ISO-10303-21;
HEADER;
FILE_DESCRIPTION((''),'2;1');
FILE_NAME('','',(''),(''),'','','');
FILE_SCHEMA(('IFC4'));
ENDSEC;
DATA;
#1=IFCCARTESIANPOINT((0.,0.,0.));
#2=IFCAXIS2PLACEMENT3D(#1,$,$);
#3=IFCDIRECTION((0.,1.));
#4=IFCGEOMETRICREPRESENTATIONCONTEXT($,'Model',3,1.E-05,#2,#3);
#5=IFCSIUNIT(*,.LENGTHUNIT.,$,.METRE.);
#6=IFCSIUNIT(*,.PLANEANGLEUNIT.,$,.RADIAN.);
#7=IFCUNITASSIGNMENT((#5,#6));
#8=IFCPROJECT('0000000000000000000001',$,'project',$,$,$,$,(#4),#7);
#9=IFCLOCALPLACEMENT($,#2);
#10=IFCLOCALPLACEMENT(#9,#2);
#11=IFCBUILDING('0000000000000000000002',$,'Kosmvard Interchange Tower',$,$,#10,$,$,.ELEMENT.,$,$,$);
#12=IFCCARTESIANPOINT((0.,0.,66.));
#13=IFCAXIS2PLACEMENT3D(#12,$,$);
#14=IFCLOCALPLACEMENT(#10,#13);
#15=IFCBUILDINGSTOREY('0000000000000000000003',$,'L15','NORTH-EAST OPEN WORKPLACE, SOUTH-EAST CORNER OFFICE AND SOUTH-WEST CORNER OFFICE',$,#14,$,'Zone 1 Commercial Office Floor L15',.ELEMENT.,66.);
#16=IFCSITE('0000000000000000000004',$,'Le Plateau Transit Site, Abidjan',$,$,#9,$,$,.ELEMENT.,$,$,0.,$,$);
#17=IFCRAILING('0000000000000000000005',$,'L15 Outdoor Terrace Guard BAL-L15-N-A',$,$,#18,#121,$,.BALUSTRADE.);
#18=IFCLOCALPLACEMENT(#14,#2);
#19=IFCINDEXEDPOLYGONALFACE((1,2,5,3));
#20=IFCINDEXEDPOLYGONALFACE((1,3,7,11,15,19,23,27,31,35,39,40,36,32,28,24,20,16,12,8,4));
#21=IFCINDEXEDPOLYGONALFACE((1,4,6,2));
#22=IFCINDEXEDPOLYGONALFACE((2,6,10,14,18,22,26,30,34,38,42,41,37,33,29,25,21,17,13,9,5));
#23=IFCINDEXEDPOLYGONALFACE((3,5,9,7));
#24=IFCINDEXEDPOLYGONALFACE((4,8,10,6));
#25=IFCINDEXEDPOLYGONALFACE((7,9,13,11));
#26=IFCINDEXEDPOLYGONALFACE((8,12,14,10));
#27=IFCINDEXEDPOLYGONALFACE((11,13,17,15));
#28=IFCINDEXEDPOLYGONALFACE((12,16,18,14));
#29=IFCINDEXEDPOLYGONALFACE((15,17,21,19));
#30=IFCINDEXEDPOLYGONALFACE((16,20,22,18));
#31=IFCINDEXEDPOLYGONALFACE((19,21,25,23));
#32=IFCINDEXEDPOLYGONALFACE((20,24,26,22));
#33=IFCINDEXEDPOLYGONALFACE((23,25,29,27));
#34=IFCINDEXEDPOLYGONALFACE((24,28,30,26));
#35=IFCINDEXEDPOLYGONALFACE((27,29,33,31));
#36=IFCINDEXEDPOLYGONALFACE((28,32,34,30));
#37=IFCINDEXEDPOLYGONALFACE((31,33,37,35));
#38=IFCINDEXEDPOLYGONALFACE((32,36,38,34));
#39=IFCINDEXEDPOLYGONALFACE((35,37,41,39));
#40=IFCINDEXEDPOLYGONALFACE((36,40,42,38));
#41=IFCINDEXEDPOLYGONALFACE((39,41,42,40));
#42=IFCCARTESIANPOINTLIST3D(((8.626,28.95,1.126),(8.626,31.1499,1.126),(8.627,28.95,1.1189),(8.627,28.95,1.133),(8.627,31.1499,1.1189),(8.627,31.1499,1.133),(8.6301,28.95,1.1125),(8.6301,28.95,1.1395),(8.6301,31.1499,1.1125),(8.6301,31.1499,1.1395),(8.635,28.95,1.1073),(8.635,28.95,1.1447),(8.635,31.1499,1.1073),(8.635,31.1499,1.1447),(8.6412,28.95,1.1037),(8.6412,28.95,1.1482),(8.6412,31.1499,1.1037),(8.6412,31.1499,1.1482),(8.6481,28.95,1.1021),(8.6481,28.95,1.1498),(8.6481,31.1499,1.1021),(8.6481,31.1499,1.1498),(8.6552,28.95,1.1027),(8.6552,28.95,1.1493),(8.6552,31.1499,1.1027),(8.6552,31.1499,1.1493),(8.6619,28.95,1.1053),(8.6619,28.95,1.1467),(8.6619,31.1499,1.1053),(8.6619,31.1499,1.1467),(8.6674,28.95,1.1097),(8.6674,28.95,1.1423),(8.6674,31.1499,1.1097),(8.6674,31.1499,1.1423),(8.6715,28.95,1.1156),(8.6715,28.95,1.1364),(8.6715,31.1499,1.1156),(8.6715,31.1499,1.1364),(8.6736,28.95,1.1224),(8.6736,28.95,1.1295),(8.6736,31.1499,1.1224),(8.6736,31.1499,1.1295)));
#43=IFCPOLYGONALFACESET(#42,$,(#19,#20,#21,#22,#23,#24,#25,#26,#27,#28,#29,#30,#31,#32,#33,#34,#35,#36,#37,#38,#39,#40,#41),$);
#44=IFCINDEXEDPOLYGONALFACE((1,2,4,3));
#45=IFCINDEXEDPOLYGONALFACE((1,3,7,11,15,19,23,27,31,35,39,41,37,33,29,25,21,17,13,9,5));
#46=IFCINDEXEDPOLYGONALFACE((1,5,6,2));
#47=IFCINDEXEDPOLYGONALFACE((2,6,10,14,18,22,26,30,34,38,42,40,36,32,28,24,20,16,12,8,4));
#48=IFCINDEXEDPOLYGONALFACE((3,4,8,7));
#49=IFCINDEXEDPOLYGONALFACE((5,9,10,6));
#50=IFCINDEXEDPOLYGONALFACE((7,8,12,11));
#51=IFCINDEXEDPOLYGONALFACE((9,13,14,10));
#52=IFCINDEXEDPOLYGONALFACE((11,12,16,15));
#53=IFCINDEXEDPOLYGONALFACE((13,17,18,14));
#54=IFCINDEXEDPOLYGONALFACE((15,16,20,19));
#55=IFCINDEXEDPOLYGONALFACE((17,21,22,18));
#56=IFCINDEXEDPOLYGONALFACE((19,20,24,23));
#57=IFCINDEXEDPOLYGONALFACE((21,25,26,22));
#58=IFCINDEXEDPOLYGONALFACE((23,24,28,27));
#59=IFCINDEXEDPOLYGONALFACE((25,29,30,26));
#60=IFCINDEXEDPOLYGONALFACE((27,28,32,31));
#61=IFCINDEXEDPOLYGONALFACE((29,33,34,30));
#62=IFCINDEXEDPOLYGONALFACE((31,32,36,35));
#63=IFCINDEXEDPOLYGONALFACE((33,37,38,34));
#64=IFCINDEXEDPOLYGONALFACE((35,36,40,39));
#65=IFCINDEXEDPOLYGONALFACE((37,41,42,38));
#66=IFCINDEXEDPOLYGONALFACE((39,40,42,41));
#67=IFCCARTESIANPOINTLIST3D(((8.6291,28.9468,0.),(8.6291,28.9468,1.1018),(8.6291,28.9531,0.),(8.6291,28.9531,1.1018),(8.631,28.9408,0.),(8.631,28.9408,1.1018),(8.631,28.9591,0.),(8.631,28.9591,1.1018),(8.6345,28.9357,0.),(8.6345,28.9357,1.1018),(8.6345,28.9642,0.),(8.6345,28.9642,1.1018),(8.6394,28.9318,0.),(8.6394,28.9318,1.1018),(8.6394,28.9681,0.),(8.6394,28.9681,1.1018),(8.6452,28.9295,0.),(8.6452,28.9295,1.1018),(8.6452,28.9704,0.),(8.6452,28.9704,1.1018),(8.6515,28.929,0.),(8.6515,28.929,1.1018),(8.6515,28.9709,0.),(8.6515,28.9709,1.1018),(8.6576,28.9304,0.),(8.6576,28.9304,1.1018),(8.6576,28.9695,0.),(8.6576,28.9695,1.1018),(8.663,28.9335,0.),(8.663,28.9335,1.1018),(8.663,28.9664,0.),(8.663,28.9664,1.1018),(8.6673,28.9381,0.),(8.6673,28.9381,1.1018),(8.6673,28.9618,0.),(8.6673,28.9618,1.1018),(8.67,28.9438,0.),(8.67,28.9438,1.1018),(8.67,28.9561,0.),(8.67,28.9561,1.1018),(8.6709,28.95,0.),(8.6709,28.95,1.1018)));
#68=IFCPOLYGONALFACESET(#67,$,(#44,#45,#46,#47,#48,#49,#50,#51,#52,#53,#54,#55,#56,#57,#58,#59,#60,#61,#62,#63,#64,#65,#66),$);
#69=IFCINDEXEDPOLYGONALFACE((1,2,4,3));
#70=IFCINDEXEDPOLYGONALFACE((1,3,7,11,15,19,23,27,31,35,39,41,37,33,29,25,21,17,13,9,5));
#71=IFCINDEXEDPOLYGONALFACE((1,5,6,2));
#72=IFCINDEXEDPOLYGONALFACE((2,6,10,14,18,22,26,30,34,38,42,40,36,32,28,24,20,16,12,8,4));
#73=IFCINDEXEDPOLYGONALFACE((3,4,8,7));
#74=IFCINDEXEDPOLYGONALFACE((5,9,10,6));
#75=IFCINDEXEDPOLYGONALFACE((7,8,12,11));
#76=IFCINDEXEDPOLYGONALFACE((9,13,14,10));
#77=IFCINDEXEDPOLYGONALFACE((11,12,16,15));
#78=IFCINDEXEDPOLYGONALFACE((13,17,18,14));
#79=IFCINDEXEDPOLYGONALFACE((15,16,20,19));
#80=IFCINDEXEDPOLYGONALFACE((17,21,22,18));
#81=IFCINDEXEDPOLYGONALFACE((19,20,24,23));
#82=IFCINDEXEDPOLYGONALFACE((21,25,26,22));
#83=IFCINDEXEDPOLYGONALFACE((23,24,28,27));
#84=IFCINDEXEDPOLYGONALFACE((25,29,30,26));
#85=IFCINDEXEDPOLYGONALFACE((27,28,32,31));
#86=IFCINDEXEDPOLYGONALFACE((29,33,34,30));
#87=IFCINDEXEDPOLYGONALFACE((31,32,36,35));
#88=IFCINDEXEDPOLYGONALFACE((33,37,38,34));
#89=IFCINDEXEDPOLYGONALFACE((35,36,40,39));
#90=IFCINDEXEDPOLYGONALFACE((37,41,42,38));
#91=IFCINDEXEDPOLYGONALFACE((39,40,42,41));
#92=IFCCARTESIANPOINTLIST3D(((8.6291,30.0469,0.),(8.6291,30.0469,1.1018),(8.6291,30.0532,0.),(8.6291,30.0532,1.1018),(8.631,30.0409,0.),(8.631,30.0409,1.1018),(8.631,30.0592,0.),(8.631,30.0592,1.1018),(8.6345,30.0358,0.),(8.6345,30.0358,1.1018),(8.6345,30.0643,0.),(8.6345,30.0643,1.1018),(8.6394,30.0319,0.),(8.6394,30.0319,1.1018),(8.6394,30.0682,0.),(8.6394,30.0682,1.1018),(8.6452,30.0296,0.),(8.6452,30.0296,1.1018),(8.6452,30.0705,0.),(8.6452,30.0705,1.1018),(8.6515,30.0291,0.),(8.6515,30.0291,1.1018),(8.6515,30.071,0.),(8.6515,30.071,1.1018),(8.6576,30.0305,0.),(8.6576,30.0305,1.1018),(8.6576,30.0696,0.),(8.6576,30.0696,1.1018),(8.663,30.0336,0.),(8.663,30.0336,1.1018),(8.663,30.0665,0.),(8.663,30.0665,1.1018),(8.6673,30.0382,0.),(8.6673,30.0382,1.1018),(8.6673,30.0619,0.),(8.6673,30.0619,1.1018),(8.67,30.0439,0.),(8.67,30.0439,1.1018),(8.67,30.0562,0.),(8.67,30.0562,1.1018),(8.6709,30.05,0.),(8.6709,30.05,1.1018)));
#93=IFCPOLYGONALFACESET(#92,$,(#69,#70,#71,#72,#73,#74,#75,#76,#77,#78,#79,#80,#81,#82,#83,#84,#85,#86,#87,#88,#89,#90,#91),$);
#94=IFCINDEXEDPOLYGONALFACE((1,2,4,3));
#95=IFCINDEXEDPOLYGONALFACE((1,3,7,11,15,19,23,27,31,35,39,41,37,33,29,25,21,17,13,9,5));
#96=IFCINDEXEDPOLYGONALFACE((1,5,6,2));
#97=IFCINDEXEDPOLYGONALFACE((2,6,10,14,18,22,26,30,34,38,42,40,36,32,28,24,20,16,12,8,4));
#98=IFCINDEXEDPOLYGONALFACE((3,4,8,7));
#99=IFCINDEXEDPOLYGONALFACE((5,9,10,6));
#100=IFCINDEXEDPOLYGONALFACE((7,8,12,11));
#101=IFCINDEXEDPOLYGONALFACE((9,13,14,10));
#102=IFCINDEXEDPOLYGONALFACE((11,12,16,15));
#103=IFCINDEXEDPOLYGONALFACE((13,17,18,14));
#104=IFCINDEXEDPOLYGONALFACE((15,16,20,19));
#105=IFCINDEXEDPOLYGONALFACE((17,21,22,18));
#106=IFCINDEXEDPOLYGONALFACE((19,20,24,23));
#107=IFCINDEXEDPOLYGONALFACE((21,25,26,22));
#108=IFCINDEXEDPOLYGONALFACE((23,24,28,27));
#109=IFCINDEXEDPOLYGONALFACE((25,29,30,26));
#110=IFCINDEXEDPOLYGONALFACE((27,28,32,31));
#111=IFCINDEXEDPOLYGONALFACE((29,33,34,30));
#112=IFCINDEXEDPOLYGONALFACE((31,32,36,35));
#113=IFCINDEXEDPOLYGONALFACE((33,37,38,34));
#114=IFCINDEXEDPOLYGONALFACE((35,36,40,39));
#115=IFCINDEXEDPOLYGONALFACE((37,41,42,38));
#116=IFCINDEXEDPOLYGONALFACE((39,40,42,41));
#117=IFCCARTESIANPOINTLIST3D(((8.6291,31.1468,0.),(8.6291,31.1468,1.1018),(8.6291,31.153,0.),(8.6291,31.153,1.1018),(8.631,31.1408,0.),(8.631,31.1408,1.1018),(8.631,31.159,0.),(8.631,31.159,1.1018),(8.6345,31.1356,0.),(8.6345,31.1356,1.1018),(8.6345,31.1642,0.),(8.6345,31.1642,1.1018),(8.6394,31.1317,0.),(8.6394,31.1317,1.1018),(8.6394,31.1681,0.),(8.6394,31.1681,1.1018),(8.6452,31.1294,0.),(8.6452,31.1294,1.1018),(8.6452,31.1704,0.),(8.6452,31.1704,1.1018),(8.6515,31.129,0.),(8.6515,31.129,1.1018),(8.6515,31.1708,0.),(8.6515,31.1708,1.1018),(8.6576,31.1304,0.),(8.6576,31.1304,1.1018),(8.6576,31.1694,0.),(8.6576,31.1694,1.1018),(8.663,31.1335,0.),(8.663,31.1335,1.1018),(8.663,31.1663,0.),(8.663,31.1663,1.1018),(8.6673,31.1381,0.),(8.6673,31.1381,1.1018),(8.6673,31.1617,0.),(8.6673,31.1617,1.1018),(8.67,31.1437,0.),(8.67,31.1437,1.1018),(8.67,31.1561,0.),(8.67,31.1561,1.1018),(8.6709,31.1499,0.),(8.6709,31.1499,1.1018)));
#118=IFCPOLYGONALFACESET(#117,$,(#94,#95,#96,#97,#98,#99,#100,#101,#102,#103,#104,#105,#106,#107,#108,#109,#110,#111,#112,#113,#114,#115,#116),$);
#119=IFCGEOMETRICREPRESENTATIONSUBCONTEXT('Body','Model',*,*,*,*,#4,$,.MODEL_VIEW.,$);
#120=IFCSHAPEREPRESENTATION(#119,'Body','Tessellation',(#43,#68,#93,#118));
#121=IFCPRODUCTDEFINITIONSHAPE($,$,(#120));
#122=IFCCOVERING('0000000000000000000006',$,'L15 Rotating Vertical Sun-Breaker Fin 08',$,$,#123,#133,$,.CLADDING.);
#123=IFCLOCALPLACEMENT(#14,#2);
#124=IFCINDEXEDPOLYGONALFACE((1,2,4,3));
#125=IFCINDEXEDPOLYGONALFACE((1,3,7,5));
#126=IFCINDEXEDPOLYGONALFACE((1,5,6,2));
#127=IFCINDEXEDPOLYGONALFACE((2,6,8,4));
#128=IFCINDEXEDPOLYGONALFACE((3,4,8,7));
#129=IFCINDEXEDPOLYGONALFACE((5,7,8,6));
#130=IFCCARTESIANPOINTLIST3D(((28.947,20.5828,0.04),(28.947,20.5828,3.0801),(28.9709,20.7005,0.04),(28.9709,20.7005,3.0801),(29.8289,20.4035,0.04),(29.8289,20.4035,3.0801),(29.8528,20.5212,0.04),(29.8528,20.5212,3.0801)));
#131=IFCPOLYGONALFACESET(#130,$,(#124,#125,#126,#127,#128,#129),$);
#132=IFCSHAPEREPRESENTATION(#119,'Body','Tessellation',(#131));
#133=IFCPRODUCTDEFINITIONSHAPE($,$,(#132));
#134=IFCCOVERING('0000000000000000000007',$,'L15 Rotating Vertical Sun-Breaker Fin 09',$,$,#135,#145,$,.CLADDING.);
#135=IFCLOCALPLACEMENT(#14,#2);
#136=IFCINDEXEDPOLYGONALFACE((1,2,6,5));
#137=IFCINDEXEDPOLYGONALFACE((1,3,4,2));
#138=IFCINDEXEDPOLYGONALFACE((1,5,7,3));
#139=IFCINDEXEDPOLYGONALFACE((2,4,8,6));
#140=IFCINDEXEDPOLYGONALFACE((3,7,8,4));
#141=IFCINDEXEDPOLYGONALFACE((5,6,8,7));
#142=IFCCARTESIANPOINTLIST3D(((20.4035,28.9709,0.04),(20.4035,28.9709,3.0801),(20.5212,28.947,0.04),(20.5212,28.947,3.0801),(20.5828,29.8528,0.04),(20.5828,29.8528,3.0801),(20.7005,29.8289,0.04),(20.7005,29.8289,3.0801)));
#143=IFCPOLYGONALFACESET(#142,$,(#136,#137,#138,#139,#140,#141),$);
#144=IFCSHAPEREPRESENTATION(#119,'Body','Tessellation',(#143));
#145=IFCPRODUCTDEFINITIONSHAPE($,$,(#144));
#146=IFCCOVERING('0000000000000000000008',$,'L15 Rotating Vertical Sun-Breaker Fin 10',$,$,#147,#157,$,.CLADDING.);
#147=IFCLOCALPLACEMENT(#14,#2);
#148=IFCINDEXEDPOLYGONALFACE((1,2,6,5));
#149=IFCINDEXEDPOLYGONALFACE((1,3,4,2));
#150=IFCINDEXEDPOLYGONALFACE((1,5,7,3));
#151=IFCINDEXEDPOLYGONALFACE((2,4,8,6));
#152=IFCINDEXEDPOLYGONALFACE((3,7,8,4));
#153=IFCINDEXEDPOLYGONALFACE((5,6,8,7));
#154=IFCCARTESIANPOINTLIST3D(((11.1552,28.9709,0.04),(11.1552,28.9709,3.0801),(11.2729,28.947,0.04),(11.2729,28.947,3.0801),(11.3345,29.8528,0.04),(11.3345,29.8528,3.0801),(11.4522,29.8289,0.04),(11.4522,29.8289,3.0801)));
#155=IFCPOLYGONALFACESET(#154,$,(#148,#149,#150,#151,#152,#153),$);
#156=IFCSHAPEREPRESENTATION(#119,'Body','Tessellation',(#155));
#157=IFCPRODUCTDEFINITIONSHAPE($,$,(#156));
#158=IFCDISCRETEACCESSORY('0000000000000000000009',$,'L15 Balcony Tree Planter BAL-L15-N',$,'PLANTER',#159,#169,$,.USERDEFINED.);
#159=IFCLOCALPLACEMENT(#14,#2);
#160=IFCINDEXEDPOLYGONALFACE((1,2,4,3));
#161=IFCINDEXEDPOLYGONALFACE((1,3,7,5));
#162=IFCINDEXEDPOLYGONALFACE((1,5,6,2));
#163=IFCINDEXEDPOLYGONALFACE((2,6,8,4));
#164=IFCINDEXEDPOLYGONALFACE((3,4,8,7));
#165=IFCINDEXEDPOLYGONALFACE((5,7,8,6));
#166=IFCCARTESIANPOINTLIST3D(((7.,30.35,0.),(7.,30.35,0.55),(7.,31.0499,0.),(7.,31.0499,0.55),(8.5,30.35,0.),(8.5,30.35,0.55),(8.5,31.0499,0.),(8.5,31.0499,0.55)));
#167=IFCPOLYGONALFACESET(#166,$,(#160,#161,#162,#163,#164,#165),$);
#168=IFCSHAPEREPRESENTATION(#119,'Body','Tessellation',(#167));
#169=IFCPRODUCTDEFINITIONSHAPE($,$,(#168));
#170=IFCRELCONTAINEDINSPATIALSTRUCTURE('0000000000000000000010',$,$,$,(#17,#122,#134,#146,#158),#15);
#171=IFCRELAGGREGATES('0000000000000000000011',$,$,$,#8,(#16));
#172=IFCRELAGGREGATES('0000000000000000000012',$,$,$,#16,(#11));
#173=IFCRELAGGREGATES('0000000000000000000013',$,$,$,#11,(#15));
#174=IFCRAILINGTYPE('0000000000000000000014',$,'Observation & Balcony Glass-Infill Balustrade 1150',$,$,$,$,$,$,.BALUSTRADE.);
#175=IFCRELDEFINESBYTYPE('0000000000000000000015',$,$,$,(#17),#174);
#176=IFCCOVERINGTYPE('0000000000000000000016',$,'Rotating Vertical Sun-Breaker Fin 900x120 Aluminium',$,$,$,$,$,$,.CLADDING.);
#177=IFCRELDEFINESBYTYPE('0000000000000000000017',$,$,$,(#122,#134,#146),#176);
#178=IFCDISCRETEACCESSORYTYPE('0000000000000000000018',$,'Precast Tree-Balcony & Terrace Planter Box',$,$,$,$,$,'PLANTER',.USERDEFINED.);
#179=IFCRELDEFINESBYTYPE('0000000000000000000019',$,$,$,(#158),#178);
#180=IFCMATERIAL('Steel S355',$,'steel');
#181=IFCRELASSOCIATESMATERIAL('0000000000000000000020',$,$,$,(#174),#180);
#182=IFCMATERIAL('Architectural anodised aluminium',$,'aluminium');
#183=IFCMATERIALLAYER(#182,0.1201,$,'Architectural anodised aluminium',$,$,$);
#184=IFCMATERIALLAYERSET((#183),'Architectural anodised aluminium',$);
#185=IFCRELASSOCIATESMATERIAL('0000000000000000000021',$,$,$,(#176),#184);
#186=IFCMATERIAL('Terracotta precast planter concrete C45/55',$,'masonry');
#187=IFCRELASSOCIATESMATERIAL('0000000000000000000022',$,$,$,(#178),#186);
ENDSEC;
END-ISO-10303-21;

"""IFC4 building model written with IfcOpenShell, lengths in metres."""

from ifc_helpers import new_model, si_unit, direction, frame, origin, origin_2d, place, context, subcontext, project, spatial, rectangle, circle, extrude, source, transform, mapped, material, layer, layer_set, type_object, element, save


model = new_model("IFC4")

# Units and contexts
model_context = context("Model", 3, precision=1e-05, world=origin(), true_north=direction((0.0, 1.0)))
body_context = subcontext(model_context, "Body", "Model", "MODEL_VIEW")
ifc_project = project(units=[si_unit("LENGTHUNIT", "METRE"), si_unit("PLANEANGLEUNIT", "RADIAN")], contexts=[model_context])

# Site, building, storey
site_placement = place(None, origin())
site = spatial("IfcSite", under=ifc_project, at=site_placement, Name="Le Plateau Transit Site, Abidjan", CompositionType="ELEMENT", RefElevation=0.0)
building_placement = place(site_placement, origin())
building = spatial("IfcBuilding", under=site, at=building_placement, Name="Kosmvard Interchange Tower", CompositionType="ELEMENT")
storey_placement = place(building_placement, frame((0.0, 0.0, 66.0)))
storey = spatial("IfcBuildingStorey", under=building, at=storey_placement, Name="L15", Description="NORTH-EAST OPEN WORKPLACE, SOUTH-EAST CORNER OFFICE AND SOUTH-WEST CORNER OFFICE", LongName="Zone 1 Commercial Office Floor L15", CompositionType="ELEMENT", Elevation=66.0)

# Shared definitions
ifc_material_1 = material(Name="Steel S355", Category="steel")

# Railing
railing_type = type_object("IfcRailingType", Name="Observation & Balcony Glass-Infill Balustrade 1150", PredefinedType="BALUSTRADE", material=ifc_material_1)
shared_shape_1 = source(origin(), body_context, "Body", "SweptSolid", [
    extrude(circle(Radius=0.0239, at=origin_2d()), frame((0.0, 0.0, 1.126), z_axis=(0.0, 1.0, 0.0), x_axis=(-1.0, 0.0, 0.0)), (0.0, 0.0, 1.0), 2.2),
    extrude(circle(Radius=0.021, at=origin_2d()), origin(), (0.0, 0.0, 1.0), 1.1018),
    extrude(circle(Radius=0.021, at=origin_2d()), frame((0.0, 1.1001, 0.0)), (0.0, 0.0, 1.0), 1.1018),
    extrude(circle(Radius=0.021, at=origin_2d()), frame((0.0, 2.2, 0.0)), (0.0, 0.0, 1.0), 1.1018),
])
railing_1_placement = place(storey_placement, frame((8.6499, 28.95, 0.0)))
element("IfcRailing", 1, at=railing_1_placement, inside=storey, type_object=railing_type, Name="L15 Outdoor Terrace Guard BAL-L15-N-A", PredefinedType="BALUSTRADE", context=body_context, shape_type="MappedRepresentation", body=[
    mapped(shared_shape_1, transform((0.0, 0.0, 0.0), scale=1.0)),
])

# Coverings
ifc_material_2 = material(Name="Architectural anodised aluminium", Category="aluminium")
ifc_layer_1 = layer(ifc_material_2, 0.1201, Name="Architectural anodised aluminium")
ifc_layer_set_1 = layer_set([ifc_layer_1], Name="Architectural anodised aluminium")
covering_type = type_object("IfcCoveringType", Name="Rotating Vertical Sun-Breaker Fin 900x120 Aluminium", PredefinedType="CLADDING", material=ifc_layer_set_1)
shared_shape_2 = source(origin(), body_context, "Body", "SweptSolid", [
    extrude(rectangle(XDim=0.8999, YDim=0.1201, at=origin_2d()), origin(), (0.0, 0.0, 1.0), 3.04),
])
for number, where, z_axis, x_axis, name in (
    (2, (29.3999, 20.552, 0.04), (0.0, 0.0, 1.0), (0.979959, -0.199197, 0.0), "L15 Rotating Vertical Sun-Breaker Fin 08"),
    (3, (20.552, 29.3999, 0.04), (0.0, 0.0, 1.0), (0.199197, 0.979959, 0.0), "L15 Rotating Vertical Sun-Breaker Fin 09"),
    (4, (11.3037, 29.3999, 0.04), (0.0, 0.0, 1.0), (0.199197, 0.979959, 0.0), "L15 Rotating Vertical Sun-Breaker Fin 10"),
):
    element("IfcCovering", number, at=place(storey_placement, frame(where, z_axis=z_axis, x_axis=x_axis)), inside=storey, type_object=covering_type, Name=name, PredefinedType="CLADDING", context=body_context, shape_type="MappedRepresentation", body=[
        mapped(shared_shape_2, transform((0.0, 0.0, 0.0), scale=1.0)),
    ])

# Discrete accessory
ifc_material_3 = material(Name="Terracotta precast planter concrete C45/55", Category="masonry")
discrete_accessory_type = type_object("IfcDiscreteAccessoryType", Name="Precast Tree-Balcony & Terrace Planter Box", ElementType="PLANTER", PredefinedType="USERDEFINED", material=ifc_material_3)
shared_shape_3 = source(origin(), body_context, "Body", "SweptSolid", [
    extrude(rectangle(XDim=1.5, YDim=0.7, at=origin_2d()), origin(), (0.0, 0.0, 1.0), 0.55),
])
discrete_accessory_placement = place(storey_placement, frame((7.75, 30.7, 0.0), z_axis=(0.0, 0.0, 1.0), x_axis=(1.0, 0.0, 0.0)))
element("IfcDiscreteAccessory", 5, at=discrete_accessory_placement, inside=storey, type_object=discrete_accessory_type, Name="L15 Balcony Tree Planter BAL-L15-N", ObjectType="PLANTER", PredefinedType="USERDEFINED", context=body_context, shape_type="MappedRepresentation", body=[
    mapped(shared_shape_3, transform((0.0, 0.0, 0.0), scale=1.0)),
])

save(model, "model.ifc")
